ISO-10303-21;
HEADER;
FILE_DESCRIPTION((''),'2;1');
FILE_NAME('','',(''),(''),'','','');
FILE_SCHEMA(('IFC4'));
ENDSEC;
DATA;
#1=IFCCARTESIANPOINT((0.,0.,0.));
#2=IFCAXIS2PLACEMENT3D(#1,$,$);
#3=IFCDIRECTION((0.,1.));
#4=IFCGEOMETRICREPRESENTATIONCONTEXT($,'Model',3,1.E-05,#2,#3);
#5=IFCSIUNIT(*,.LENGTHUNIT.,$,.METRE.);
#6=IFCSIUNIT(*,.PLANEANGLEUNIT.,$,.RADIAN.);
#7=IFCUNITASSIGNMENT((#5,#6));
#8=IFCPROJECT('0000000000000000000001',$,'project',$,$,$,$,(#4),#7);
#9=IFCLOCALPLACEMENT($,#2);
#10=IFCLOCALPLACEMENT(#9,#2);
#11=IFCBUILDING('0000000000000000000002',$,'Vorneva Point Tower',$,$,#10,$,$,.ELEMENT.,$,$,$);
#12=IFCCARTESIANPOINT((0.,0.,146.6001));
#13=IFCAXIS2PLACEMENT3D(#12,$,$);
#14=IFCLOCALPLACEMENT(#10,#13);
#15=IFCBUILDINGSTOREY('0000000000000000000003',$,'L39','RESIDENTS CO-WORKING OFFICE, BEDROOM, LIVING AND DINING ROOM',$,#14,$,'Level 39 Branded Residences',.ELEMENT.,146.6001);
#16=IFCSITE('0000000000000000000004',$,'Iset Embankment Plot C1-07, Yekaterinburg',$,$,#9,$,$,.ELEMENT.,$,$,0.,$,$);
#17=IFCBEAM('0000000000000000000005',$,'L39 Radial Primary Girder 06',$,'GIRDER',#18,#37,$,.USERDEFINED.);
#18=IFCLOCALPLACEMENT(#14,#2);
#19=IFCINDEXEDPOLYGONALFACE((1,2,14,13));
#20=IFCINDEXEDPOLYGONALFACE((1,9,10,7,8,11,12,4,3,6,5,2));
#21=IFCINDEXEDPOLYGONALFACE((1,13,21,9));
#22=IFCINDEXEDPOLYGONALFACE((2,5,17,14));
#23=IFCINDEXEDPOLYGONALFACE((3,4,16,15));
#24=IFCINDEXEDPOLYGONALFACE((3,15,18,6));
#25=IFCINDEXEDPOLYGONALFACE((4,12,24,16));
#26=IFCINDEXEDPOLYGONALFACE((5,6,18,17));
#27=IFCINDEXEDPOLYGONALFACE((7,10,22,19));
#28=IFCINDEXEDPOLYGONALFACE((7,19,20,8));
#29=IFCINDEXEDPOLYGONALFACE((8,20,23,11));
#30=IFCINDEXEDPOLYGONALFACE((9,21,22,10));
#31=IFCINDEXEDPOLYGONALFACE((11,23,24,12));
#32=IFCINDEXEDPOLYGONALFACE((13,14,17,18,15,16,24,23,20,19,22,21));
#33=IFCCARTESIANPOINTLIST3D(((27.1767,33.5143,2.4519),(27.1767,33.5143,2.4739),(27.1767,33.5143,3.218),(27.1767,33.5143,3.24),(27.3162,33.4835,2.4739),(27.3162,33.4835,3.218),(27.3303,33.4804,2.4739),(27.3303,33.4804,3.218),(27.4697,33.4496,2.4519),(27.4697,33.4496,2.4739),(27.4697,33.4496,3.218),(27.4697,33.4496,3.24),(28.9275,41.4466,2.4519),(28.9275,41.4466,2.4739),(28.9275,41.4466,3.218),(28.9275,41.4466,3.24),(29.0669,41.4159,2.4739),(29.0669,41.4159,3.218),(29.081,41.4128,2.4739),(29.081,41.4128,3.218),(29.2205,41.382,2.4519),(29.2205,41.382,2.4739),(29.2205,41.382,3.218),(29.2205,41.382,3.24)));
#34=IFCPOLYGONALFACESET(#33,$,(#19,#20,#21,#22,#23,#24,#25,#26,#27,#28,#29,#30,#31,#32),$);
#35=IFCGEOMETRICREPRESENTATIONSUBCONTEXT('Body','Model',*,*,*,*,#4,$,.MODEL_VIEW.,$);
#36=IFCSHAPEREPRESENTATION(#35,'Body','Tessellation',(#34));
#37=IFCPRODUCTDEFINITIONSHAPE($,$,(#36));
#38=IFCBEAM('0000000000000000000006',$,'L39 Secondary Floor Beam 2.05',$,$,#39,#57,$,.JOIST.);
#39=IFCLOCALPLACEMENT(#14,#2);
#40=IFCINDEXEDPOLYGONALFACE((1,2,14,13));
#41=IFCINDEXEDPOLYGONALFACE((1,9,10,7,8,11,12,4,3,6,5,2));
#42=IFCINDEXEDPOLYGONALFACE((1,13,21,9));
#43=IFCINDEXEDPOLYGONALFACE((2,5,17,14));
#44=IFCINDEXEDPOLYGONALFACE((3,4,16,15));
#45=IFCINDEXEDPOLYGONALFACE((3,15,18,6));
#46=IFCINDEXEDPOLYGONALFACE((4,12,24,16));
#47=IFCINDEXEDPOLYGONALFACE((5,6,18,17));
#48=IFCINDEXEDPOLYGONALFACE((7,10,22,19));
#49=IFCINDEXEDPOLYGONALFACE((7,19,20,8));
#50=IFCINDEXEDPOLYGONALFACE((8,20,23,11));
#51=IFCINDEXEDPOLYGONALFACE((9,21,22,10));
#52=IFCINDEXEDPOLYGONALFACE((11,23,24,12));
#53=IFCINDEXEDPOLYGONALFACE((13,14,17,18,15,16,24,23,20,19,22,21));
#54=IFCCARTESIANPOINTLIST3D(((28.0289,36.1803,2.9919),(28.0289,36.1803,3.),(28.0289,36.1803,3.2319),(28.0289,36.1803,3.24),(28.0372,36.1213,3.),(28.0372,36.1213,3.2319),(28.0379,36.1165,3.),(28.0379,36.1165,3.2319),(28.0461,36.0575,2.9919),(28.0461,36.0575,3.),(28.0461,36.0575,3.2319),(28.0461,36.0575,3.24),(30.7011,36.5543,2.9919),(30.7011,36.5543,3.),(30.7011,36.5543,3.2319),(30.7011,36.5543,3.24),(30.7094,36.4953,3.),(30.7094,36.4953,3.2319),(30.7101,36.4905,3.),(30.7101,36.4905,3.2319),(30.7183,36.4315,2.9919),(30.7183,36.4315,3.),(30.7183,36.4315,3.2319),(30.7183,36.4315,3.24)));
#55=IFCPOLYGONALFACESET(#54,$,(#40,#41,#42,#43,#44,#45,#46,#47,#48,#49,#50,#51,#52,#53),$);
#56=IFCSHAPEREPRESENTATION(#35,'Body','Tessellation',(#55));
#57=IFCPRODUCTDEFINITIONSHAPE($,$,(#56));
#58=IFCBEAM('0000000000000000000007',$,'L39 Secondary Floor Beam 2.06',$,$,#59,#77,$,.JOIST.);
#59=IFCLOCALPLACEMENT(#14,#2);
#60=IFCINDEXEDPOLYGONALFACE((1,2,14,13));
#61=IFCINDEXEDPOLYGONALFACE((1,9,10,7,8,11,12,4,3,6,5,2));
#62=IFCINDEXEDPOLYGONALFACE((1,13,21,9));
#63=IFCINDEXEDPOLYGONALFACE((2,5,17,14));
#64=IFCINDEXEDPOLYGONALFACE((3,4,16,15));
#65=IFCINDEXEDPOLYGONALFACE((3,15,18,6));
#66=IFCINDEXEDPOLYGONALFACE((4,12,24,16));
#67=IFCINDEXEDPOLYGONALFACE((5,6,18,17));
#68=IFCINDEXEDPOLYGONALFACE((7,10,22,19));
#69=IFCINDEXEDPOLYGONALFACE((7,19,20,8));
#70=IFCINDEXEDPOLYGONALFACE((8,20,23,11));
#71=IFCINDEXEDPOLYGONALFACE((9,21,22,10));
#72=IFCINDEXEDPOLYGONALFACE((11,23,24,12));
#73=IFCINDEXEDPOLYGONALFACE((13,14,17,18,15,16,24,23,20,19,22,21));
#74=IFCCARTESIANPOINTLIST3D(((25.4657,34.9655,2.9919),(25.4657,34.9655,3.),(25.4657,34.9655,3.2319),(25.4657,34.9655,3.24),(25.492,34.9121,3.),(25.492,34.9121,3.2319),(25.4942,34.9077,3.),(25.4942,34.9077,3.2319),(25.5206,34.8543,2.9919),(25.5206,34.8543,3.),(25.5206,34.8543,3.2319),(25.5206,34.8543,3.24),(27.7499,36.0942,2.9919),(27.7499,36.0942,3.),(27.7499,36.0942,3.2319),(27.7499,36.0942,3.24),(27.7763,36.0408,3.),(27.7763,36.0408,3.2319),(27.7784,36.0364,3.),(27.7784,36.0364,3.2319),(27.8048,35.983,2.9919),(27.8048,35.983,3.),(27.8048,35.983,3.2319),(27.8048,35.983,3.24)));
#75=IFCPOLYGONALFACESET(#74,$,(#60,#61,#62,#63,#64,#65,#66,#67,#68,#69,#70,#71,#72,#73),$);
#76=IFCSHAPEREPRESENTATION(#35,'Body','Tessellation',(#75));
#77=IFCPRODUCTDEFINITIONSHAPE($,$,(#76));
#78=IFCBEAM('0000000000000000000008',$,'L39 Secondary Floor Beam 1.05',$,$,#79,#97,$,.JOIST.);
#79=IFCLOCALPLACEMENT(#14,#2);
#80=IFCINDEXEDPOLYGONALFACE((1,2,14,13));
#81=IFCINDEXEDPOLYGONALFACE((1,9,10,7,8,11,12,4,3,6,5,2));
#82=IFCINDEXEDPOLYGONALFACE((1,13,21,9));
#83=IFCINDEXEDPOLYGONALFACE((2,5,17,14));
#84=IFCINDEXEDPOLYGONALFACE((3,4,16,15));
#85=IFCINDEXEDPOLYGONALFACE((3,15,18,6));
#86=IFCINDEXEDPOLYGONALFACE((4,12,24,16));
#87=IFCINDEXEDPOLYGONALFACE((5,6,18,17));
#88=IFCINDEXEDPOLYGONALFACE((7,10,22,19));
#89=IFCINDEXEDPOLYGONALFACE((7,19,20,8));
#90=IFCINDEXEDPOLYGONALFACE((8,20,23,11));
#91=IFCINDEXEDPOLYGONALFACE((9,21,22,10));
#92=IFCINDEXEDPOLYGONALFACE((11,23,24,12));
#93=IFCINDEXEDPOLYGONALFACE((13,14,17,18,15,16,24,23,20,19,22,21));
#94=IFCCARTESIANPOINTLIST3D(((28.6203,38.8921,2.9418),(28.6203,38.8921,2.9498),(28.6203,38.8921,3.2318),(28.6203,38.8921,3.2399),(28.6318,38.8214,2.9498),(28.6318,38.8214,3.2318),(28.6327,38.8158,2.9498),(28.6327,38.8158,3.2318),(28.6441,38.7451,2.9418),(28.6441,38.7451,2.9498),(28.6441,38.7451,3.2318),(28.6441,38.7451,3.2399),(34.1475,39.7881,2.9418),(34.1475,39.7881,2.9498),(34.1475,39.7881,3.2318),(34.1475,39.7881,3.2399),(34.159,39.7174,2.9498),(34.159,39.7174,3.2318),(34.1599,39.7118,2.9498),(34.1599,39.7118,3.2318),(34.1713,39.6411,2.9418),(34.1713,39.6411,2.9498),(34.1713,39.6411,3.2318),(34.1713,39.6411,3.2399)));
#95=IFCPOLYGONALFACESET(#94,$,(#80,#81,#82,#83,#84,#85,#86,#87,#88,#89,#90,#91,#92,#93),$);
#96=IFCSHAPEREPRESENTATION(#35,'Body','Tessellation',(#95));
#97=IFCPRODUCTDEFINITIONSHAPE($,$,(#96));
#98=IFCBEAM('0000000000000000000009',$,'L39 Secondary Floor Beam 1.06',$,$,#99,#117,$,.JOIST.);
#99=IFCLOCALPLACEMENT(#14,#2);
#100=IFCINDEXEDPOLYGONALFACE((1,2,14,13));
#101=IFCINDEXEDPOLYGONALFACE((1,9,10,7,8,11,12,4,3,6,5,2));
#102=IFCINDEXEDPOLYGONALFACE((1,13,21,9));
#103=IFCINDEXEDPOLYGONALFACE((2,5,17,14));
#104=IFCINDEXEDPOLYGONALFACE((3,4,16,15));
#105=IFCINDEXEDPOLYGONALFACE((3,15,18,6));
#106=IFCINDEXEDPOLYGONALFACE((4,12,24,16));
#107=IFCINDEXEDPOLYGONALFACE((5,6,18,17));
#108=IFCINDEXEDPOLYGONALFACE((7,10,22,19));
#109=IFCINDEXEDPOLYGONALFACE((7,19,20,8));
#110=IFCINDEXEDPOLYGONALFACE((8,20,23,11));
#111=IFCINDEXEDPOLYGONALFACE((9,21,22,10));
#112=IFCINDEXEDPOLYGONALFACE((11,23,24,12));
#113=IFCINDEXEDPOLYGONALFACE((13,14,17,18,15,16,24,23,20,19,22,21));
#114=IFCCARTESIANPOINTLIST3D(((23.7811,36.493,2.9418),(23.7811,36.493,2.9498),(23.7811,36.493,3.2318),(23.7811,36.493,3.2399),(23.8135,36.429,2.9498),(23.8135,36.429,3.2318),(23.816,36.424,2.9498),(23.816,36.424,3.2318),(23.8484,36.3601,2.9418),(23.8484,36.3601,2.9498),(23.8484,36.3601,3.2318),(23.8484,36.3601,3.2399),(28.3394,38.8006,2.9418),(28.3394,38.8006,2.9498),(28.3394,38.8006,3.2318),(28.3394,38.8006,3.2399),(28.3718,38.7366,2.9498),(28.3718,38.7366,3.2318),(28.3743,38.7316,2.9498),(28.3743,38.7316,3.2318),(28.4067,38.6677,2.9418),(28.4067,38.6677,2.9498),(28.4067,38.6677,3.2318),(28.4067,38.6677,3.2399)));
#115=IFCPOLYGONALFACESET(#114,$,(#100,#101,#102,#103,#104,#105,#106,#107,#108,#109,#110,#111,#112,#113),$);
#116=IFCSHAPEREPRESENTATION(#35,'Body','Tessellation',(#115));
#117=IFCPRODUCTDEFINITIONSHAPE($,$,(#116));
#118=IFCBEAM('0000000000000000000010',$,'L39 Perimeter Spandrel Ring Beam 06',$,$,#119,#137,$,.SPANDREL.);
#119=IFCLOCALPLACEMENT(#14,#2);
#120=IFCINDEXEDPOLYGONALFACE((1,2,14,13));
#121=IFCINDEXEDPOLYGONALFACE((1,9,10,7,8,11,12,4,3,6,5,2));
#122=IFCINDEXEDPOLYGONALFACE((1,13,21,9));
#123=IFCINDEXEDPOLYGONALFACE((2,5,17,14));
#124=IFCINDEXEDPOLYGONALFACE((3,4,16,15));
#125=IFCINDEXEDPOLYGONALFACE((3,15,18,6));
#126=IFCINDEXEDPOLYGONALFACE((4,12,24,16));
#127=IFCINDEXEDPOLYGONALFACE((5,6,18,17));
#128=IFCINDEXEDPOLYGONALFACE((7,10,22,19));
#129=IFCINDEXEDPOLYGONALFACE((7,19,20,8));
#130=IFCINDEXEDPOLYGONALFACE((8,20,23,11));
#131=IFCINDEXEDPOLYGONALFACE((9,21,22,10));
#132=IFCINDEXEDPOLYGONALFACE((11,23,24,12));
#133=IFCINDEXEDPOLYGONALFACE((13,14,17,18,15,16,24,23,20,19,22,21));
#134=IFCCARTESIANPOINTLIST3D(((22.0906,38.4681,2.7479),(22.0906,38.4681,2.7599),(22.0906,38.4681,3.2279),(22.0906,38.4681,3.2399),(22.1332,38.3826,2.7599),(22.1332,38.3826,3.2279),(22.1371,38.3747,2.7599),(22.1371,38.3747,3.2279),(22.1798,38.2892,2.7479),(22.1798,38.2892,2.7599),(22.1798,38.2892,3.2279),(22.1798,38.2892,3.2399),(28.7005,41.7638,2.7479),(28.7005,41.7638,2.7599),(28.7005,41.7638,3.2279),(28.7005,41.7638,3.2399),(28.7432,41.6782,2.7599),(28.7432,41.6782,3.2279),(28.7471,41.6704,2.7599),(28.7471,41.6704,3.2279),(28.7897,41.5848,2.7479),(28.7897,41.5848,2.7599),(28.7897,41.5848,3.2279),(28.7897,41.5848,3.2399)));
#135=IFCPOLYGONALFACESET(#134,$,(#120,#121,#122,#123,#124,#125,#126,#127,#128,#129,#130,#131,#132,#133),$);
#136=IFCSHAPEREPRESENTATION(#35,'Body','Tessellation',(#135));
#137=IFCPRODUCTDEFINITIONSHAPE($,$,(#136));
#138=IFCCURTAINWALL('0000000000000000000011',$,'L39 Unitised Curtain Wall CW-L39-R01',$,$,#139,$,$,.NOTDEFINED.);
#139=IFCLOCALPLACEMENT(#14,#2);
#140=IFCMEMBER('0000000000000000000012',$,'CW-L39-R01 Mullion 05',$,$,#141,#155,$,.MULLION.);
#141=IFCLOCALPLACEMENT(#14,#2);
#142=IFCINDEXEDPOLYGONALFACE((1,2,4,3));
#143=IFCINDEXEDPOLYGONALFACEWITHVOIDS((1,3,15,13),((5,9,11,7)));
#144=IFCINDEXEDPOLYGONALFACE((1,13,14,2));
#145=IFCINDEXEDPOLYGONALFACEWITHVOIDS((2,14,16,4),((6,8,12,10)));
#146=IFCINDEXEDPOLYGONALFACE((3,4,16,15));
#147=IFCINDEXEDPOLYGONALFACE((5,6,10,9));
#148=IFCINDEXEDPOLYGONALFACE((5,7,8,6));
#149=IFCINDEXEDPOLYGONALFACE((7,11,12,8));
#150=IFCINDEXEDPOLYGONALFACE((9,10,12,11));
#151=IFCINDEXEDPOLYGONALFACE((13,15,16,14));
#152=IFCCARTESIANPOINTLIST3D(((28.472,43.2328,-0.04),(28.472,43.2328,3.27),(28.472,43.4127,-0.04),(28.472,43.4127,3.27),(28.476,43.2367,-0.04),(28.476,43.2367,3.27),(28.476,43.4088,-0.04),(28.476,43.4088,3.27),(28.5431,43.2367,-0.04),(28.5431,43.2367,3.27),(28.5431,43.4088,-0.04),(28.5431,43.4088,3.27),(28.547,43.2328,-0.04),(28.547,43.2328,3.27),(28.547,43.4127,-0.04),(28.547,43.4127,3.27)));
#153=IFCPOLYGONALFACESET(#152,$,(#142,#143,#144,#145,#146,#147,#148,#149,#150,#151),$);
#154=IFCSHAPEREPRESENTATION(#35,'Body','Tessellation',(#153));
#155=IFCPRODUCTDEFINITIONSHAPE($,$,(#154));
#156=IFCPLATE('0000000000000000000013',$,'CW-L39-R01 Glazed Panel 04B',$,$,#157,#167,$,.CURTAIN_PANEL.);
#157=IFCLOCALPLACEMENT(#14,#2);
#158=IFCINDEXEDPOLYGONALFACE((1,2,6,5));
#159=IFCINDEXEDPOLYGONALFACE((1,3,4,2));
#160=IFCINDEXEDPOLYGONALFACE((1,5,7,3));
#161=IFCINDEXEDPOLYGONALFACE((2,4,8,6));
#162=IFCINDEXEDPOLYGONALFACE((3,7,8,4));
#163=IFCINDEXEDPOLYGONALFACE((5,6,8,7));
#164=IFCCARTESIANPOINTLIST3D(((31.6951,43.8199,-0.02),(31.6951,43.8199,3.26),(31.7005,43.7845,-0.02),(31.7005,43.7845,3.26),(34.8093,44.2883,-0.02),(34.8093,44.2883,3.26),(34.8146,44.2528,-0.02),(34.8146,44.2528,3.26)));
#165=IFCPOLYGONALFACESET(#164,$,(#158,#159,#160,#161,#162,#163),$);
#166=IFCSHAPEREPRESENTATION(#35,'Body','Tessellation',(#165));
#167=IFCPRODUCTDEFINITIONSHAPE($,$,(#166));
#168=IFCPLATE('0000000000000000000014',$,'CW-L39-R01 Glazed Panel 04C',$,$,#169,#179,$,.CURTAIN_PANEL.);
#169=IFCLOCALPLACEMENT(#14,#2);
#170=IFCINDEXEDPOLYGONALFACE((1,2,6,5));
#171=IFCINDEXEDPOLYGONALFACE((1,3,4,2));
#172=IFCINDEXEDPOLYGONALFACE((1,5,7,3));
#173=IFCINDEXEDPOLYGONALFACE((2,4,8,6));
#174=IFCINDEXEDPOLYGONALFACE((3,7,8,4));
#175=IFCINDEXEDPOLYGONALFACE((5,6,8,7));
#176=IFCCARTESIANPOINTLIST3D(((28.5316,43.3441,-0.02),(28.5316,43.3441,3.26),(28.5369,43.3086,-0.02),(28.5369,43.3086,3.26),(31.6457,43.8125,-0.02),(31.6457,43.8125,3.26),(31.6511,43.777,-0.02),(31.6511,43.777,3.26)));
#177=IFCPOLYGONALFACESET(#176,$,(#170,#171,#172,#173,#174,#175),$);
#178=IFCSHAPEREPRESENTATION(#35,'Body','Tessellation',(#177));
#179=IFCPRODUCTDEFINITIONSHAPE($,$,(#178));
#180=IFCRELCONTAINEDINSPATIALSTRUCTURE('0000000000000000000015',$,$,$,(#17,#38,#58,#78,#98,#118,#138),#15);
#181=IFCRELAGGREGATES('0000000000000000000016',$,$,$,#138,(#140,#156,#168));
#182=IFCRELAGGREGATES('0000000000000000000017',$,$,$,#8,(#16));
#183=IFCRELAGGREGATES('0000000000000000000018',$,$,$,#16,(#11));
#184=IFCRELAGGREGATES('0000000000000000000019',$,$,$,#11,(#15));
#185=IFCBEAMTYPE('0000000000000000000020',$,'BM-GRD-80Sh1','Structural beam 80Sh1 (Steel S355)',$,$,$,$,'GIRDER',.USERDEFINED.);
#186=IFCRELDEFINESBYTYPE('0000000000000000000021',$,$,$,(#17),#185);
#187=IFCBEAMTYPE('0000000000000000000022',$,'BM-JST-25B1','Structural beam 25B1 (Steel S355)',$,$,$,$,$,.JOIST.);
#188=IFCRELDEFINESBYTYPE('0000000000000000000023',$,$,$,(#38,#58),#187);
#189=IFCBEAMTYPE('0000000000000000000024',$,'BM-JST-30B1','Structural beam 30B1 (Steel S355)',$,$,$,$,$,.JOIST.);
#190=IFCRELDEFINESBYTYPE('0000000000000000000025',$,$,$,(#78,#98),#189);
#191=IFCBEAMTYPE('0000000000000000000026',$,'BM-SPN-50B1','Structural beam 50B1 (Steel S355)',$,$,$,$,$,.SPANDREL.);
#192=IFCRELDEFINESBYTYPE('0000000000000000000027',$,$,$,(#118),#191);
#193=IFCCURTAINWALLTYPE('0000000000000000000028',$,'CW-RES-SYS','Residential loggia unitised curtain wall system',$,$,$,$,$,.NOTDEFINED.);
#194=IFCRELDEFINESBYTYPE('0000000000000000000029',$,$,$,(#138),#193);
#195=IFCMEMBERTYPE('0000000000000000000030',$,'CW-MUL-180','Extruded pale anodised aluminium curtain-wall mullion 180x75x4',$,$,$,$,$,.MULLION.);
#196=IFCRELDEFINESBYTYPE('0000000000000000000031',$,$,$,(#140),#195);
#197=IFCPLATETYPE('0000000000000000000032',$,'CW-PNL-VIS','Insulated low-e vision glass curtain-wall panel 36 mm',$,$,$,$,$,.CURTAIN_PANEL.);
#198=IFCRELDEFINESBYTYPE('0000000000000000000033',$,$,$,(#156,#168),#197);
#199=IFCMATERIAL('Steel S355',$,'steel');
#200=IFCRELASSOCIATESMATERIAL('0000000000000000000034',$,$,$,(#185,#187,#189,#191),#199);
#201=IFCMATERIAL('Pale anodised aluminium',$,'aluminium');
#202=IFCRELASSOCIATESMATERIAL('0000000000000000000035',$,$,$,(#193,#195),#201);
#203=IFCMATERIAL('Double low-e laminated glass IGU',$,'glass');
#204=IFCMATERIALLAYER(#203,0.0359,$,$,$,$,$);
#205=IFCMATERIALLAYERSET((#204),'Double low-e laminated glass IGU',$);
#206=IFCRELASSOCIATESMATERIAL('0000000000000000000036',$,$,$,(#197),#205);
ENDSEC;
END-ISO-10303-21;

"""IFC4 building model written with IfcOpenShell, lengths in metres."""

from ifc_helpers import new_model, si_unit, direction, frame, origin, origin_2d, place, context, subcontext, project, spatial, rectangle, hollow_rectangle, i_section, extrude, material, layer, layer_set, material_profile, profile_set, type_object, element, aggregate, save


model = new_model("IFC4")

# Units and contexts
model_context = context("Model", 3, precision=1e-05, world=origin(), true_north=direction((0.0, 1.0)))
body_context = subcontext(model_context, "Body", "Model", "MODEL_VIEW")
ifc_project = project(units=[si_unit("LENGTHUNIT", "METRE"), si_unit("PLANEANGLEUNIT", "RADIAN")], contexts=[model_context])

# Site, building, storey
site_placement = place(None, origin())
site = spatial("IfcSite", under=ifc_project, at=site_placement, Name="Iset Embankment Plot C1-07, Yekaterinburg", CompositionType="ELEMENT", RefElevation=0.0)
building_placement = place(site_placement, origin())
building = spatial("IfcBuilding", under=site, at=building_placement, Name="Vorneva Point Tower", CompositionType="ELEMENT")
storey_placement = place(building_placement, frame((0.0, 0.0, 146.6001)))
storey = spatial("IfcBuildingStorey", under=building, at=storey_placement, Name="L39", Description="RESIDENTS CO-WORKING OFFICE, BEDROOM, LIVING AND DINING ROOM", LongName="Level 39 Branded Residences", CompositionType="ELEMENT", Elevation=146.6001)

# Beams
ifc_material_1 = material(Name="Steel S355", Category="steel")
ifc_material_profile_1 = material_profile(ifc_material_1, i_section(OverallWidth=0.3, OverallDepth=0.7881, WebThickness=0.0144, FlangeThickness=0.022, at=origin_2d()), Name="80Sh1")
ifc_profile_set_1 = profile_set([ifc_material_profile_1], Name="Steel S355")
beam_type_1 = type_object("IfcBeamType", Name="BM-GRD-80Sh1", Description="Structural beam 80Sh1 (Steel S355)", ElementType="GIRDER", PredefinedType="USERDEFINED", material=ifc_profile_set_1)
beam_1_placement = place(storey_placement, frame((29.074, 41.4143, 2.8459), z_axis=(-0.215521, -0.976499, 0.0), x_axis=(0.976499, -0.215521, 0.0)))
element("IfcBeam", 1, at=beam_1_placement, inside=storey, type_object=beam_type_1, Name="L39 Radial Primary Girder 06", ObjectType="GIRDER", PredefinedType="USERDEFINED", context=body_context, shape_type="SweptSolid", body=[
    extrude(i_section(OverallWidth=0.3, OverallDepth=0.7881, WebThickness=0.0144, FlangeThickness=0.022, at=origin_2d()), origin(), (0.0, 0.0, 1.0), 8.1233),
])
ifc_material_profile_2 = material_profile(ifc_material_1, i_section(OverallWidth=0.124, OverallDepth=0.248, WebThickness=0.0049, FlangeThickness=0.0081, at=origin_2d()), Name="25B1")
ifc_profile_set_2 = profile_set([ifc_material_profile_2], Name="Steel S355")
beam_type_2 = type_object("IfcBeamType", Name="BM-JST-25B1", Description="Structural beam 25B1 (Steel S355)", PredefinedType="JOIST", material=ifc_profile_set_2)
beam_2_placement = place(storey_placement, frame((30.7097, 36.4929, 3.116), z_axis=(-0.990345, -0.138621, 0.0), x_axis=(0.138621, -0.990345, 0.0)))
element("IfcBeam", 2, at=beam_2_placement, inside=storey, type_object=beam_type_2, Name="L39 Secondary Floor Beam 2.05", PredefinedType="JOIST", context=body_context, shape_type="SweptSolid", body=[
    extrude(i_section(OverallWidth=0.124, OverallDepth=0.248, WebThickness=0.0049, FlangeThickness=0.0081, at=origin_2d()), origin(), (0.0, 0.0, 1.0), 2.6982),
])
beam_3_placement = place(storey_placement, frame((27.7773, 36.0386, 3.116), z_axis=(-0.896525, -0.442992, 0.0), x_axis=(0.442992, -0.896525, 0.0)))
element("IfcBeam", 3, at=beam_3_placement, inside=storey, type_object=beam_type_2, Name="L39 Secondary Floor Beam 2.06", PredefinedType="JOIST", context=body_context, shape_type="SweptSolid", body=[
    extrude(i_section(OverallWidth=0.124, OverallDepth=0.248, WebThickness=0.0049, FlangeThickness=0.0081, at=origin_2d()), origin(), (0.0, 0.0, 1.0), 2.5479),
])
ifc_material_profile_3 = material_profile(ifc_material_1, i_section(OverallWidth=0.1489, OverallDepth=0.2981, WebThickness=0.0056, FlangeThickness=0.0081, at=origin_2d()), Name="30B1")
ifc_profile_set_3 = profile_set([ifc_material_profile_3], Name="Steel S355")
beam_type_3 = type_object("IfcBeamType", Name="BM-JST-30B1", Description="Structural beam 30B1 (Steel S355)", PredefinedType="JOIST", material=ifc_profile_set_3)
beam_4_placement = place(storey_placement, frame((34.1594, 39.7146, 3.0908), z_axis=(-0.987114, -0.160021, 0.0), x_axis=(0.160021, -0.987114, 0.0)))
element("IfcBeam", 4, at=beam_4_placement, inside=storey, type_object=beam_type_3, Name="L39 Secondary Floor Beam 1.05", PredefinedType="JOIST", context=body_context, shape_type="SweptSolid", body=[
    extrude(i_section(OverallWidth=0.1489, OverallDepth=0.2981, WebThickness=0.0056, FlangeThickness=0.0081, at=origin_2d()), origin(), (0.0, 0.0, 1.0), 5.5994),
])
beam_5_placement = place(storey_placement, frame((28.373, 38.7341, 3.0908), z_axis=(-0.892189, -0.451662, 0.0), x_axis=(0.451662, -0.892189, 0.0)))
element("IfcBeam", 5, at=beam_5_placement, inside=storey, type_object=beam_type_3, Name="L39 Secondary Floor Beam 1.06", PredefinedType="JOIST", context=body_context, shape_type="SweptSolid", body=[
    extrude(i_section(OverallWidth=0.1489, OverallDepth=0.2981, WebThickness=0.0056, FlangeThickness=0.0081, at=origin_2d()), origin(), (0.0, 0.0, 1.0), 5.1091),
])
ifc_material_profile_4 = material_profile(ifc_material_1, i_section(OverallWidth=0.2, OverallDepth=0.4919, WebThickness=0.0088, FlangeThickness=0.012, at=origin_2d()), Name="50B1")
ifc_profile_set_4 = profile_set([ifc_material_profile_4], Name="Steel S355")
beam_type_4 = type_object("IfcBeamType", Name="BM-SPN-50B1", Description="Structural beam 50B1 (Steel S355)", PredefinedType="SPANDREL", material=ifc_profile_set_4)
beam_6_placement = place(storey_placement, frame((28.7451, 41.6743, 2.9939), z_axis=(-0.894929, -0.446208, 0.0), x_axis=(0.446208, -0.894929, 0.0)))
element("IfcBeam", 6, at=beam_6_placement, inside=storey, type_object=beam_type_4, Name="L39 Perimeter Spandrel Ring Beam 06", PredefinedType="SPANDREL", context=body_context, shape_type="SweptSolid", body=[
    extrude(i_section(OverallWidth=0.2, OverallDepth=0.4919, WebThickness=0.0088, FlangeThickness=0.012, at=origin_2d()), origin(), (0.0, 0.0, 1.0), 7.386),
])

# Curtain wall, member, plates
ifc_material_2 = material(Name="Pale anodised aluminium", Category="aluminium")
curtain_wall_type = type_object("IfcCurtainWallType", Name="CW-RES-SYS", Description="Residential loggia unitised curtain wall system", PredefinedType="NOTDEFINED", material=ifc_material_2)
curtain_wall_placement = place(storey_placement, origin())
curtain_wall = element("IfcCurtainWall", 7, at=curtain_wall_placement, inside=storey, type_object=curtain_wall_type, Name="L39 Unitised Curtain Wall CW-L39-R01", PredefinedType="NOTDEFINED")
ifc_material_profile_5 = material_profile(ifc_material_2, hollow_rectangle(XDim=0.075, YDim=0.1799, WallThickness=0.0039, at=origin_2d()), Name="AL-MUL 180x75x4")
ifc_profile_set_5 = profile_set([ifc_material_profile_5], Name="Pale anodised aluminium")
member_type = type_object("IfcMemberType", Name="CW-MUL-180", Description="Extruded pale anodised aluminium curtain-wall mullion 180x75x4", PredefinedType="MULLION", material=ifc_profile_set_5)
member_placement = place(storey_placement, frame((28.5095, 43.3228, -0.04), z_axis=(0.0, 0.0, 1.0), x_axis=(1.0, 0.0, 0.0)))
member = element("IfcMember", 8, at=member_placement, type_object=member_type, Name="CW-L39-R01 Mullion 05", PredefinedType="MULLION", context=body_context, shape_type="SweptSolid", body=[
    extrude(hollow_rectangle(XDim=0.075, YDim=0.1799, WallThickness=0.0039, at=origin_2d()), origin(), (0.0, 0.0, 1.0), 3.3101),
])
ifc_material_3 = material(Name="Double low-e laminated glass IGU", Category="glass")
ifc_layer_1 = layer(ifc_material_3, 0.0359)
ifc_layer_set_1 = layer_set([ifc_layer_1], Name="Double low-e laminated glass IGU")
plate_type = type_object("IfcPlateType", Name="CW-PNL-VIS", Description="Insulated low-e vision glass curtain-wall panel 36 mm", PredefinedType="CURTAIN_PANEL", material=ifc_layer_set_1)
plate_1_placement = place(storey_placement, frame((33.2549, 44.0364, -0.02), z_axis=(0.0, 0.0, 1.0), x_axis=(-0.988879, -0.148724, 0.0)))
plate_1 = element("IfcPlate", 9, at=plate_1_placement, type_object=plate_type, Name="CW-L39-R01 Glazed Panel 04B", PredefinedType="CURTAIN_PANEL", context=body_context, shape_type="SweptSolid", body=[
    extrude(rectangle(XDim=3.1492, YDim=0.0359, at=origin_2d()), origin(), (0.0, 0.0, 1.0), 3.28),
])
plate_2_placement = place(storey_placement, frame((30.0913, 43.5605, -0.02), z_axis=(0.0, 0.0, 1.0), x_axis=(-0.988879, -0.148724, 0.0)))
plate_2 = element("IfcPlate", 10, at=plate_2_placement, type_object=plate_type, Name="CW-L39-R01 Glazed Panel 04C", PredefinedType="CURTAIN_PANEL", context=body_context, shape_type="SweptSolid", body=[
    extrude(rectangle(XDim=3.1492, YDim=0.0359, at=origin_2d()), origin(), (0.0, 0.0, 1.0), 3.28),
])
aggregate(curtain_wall, [member, plate_1, plate_2])

save(model, "model.ifc")
